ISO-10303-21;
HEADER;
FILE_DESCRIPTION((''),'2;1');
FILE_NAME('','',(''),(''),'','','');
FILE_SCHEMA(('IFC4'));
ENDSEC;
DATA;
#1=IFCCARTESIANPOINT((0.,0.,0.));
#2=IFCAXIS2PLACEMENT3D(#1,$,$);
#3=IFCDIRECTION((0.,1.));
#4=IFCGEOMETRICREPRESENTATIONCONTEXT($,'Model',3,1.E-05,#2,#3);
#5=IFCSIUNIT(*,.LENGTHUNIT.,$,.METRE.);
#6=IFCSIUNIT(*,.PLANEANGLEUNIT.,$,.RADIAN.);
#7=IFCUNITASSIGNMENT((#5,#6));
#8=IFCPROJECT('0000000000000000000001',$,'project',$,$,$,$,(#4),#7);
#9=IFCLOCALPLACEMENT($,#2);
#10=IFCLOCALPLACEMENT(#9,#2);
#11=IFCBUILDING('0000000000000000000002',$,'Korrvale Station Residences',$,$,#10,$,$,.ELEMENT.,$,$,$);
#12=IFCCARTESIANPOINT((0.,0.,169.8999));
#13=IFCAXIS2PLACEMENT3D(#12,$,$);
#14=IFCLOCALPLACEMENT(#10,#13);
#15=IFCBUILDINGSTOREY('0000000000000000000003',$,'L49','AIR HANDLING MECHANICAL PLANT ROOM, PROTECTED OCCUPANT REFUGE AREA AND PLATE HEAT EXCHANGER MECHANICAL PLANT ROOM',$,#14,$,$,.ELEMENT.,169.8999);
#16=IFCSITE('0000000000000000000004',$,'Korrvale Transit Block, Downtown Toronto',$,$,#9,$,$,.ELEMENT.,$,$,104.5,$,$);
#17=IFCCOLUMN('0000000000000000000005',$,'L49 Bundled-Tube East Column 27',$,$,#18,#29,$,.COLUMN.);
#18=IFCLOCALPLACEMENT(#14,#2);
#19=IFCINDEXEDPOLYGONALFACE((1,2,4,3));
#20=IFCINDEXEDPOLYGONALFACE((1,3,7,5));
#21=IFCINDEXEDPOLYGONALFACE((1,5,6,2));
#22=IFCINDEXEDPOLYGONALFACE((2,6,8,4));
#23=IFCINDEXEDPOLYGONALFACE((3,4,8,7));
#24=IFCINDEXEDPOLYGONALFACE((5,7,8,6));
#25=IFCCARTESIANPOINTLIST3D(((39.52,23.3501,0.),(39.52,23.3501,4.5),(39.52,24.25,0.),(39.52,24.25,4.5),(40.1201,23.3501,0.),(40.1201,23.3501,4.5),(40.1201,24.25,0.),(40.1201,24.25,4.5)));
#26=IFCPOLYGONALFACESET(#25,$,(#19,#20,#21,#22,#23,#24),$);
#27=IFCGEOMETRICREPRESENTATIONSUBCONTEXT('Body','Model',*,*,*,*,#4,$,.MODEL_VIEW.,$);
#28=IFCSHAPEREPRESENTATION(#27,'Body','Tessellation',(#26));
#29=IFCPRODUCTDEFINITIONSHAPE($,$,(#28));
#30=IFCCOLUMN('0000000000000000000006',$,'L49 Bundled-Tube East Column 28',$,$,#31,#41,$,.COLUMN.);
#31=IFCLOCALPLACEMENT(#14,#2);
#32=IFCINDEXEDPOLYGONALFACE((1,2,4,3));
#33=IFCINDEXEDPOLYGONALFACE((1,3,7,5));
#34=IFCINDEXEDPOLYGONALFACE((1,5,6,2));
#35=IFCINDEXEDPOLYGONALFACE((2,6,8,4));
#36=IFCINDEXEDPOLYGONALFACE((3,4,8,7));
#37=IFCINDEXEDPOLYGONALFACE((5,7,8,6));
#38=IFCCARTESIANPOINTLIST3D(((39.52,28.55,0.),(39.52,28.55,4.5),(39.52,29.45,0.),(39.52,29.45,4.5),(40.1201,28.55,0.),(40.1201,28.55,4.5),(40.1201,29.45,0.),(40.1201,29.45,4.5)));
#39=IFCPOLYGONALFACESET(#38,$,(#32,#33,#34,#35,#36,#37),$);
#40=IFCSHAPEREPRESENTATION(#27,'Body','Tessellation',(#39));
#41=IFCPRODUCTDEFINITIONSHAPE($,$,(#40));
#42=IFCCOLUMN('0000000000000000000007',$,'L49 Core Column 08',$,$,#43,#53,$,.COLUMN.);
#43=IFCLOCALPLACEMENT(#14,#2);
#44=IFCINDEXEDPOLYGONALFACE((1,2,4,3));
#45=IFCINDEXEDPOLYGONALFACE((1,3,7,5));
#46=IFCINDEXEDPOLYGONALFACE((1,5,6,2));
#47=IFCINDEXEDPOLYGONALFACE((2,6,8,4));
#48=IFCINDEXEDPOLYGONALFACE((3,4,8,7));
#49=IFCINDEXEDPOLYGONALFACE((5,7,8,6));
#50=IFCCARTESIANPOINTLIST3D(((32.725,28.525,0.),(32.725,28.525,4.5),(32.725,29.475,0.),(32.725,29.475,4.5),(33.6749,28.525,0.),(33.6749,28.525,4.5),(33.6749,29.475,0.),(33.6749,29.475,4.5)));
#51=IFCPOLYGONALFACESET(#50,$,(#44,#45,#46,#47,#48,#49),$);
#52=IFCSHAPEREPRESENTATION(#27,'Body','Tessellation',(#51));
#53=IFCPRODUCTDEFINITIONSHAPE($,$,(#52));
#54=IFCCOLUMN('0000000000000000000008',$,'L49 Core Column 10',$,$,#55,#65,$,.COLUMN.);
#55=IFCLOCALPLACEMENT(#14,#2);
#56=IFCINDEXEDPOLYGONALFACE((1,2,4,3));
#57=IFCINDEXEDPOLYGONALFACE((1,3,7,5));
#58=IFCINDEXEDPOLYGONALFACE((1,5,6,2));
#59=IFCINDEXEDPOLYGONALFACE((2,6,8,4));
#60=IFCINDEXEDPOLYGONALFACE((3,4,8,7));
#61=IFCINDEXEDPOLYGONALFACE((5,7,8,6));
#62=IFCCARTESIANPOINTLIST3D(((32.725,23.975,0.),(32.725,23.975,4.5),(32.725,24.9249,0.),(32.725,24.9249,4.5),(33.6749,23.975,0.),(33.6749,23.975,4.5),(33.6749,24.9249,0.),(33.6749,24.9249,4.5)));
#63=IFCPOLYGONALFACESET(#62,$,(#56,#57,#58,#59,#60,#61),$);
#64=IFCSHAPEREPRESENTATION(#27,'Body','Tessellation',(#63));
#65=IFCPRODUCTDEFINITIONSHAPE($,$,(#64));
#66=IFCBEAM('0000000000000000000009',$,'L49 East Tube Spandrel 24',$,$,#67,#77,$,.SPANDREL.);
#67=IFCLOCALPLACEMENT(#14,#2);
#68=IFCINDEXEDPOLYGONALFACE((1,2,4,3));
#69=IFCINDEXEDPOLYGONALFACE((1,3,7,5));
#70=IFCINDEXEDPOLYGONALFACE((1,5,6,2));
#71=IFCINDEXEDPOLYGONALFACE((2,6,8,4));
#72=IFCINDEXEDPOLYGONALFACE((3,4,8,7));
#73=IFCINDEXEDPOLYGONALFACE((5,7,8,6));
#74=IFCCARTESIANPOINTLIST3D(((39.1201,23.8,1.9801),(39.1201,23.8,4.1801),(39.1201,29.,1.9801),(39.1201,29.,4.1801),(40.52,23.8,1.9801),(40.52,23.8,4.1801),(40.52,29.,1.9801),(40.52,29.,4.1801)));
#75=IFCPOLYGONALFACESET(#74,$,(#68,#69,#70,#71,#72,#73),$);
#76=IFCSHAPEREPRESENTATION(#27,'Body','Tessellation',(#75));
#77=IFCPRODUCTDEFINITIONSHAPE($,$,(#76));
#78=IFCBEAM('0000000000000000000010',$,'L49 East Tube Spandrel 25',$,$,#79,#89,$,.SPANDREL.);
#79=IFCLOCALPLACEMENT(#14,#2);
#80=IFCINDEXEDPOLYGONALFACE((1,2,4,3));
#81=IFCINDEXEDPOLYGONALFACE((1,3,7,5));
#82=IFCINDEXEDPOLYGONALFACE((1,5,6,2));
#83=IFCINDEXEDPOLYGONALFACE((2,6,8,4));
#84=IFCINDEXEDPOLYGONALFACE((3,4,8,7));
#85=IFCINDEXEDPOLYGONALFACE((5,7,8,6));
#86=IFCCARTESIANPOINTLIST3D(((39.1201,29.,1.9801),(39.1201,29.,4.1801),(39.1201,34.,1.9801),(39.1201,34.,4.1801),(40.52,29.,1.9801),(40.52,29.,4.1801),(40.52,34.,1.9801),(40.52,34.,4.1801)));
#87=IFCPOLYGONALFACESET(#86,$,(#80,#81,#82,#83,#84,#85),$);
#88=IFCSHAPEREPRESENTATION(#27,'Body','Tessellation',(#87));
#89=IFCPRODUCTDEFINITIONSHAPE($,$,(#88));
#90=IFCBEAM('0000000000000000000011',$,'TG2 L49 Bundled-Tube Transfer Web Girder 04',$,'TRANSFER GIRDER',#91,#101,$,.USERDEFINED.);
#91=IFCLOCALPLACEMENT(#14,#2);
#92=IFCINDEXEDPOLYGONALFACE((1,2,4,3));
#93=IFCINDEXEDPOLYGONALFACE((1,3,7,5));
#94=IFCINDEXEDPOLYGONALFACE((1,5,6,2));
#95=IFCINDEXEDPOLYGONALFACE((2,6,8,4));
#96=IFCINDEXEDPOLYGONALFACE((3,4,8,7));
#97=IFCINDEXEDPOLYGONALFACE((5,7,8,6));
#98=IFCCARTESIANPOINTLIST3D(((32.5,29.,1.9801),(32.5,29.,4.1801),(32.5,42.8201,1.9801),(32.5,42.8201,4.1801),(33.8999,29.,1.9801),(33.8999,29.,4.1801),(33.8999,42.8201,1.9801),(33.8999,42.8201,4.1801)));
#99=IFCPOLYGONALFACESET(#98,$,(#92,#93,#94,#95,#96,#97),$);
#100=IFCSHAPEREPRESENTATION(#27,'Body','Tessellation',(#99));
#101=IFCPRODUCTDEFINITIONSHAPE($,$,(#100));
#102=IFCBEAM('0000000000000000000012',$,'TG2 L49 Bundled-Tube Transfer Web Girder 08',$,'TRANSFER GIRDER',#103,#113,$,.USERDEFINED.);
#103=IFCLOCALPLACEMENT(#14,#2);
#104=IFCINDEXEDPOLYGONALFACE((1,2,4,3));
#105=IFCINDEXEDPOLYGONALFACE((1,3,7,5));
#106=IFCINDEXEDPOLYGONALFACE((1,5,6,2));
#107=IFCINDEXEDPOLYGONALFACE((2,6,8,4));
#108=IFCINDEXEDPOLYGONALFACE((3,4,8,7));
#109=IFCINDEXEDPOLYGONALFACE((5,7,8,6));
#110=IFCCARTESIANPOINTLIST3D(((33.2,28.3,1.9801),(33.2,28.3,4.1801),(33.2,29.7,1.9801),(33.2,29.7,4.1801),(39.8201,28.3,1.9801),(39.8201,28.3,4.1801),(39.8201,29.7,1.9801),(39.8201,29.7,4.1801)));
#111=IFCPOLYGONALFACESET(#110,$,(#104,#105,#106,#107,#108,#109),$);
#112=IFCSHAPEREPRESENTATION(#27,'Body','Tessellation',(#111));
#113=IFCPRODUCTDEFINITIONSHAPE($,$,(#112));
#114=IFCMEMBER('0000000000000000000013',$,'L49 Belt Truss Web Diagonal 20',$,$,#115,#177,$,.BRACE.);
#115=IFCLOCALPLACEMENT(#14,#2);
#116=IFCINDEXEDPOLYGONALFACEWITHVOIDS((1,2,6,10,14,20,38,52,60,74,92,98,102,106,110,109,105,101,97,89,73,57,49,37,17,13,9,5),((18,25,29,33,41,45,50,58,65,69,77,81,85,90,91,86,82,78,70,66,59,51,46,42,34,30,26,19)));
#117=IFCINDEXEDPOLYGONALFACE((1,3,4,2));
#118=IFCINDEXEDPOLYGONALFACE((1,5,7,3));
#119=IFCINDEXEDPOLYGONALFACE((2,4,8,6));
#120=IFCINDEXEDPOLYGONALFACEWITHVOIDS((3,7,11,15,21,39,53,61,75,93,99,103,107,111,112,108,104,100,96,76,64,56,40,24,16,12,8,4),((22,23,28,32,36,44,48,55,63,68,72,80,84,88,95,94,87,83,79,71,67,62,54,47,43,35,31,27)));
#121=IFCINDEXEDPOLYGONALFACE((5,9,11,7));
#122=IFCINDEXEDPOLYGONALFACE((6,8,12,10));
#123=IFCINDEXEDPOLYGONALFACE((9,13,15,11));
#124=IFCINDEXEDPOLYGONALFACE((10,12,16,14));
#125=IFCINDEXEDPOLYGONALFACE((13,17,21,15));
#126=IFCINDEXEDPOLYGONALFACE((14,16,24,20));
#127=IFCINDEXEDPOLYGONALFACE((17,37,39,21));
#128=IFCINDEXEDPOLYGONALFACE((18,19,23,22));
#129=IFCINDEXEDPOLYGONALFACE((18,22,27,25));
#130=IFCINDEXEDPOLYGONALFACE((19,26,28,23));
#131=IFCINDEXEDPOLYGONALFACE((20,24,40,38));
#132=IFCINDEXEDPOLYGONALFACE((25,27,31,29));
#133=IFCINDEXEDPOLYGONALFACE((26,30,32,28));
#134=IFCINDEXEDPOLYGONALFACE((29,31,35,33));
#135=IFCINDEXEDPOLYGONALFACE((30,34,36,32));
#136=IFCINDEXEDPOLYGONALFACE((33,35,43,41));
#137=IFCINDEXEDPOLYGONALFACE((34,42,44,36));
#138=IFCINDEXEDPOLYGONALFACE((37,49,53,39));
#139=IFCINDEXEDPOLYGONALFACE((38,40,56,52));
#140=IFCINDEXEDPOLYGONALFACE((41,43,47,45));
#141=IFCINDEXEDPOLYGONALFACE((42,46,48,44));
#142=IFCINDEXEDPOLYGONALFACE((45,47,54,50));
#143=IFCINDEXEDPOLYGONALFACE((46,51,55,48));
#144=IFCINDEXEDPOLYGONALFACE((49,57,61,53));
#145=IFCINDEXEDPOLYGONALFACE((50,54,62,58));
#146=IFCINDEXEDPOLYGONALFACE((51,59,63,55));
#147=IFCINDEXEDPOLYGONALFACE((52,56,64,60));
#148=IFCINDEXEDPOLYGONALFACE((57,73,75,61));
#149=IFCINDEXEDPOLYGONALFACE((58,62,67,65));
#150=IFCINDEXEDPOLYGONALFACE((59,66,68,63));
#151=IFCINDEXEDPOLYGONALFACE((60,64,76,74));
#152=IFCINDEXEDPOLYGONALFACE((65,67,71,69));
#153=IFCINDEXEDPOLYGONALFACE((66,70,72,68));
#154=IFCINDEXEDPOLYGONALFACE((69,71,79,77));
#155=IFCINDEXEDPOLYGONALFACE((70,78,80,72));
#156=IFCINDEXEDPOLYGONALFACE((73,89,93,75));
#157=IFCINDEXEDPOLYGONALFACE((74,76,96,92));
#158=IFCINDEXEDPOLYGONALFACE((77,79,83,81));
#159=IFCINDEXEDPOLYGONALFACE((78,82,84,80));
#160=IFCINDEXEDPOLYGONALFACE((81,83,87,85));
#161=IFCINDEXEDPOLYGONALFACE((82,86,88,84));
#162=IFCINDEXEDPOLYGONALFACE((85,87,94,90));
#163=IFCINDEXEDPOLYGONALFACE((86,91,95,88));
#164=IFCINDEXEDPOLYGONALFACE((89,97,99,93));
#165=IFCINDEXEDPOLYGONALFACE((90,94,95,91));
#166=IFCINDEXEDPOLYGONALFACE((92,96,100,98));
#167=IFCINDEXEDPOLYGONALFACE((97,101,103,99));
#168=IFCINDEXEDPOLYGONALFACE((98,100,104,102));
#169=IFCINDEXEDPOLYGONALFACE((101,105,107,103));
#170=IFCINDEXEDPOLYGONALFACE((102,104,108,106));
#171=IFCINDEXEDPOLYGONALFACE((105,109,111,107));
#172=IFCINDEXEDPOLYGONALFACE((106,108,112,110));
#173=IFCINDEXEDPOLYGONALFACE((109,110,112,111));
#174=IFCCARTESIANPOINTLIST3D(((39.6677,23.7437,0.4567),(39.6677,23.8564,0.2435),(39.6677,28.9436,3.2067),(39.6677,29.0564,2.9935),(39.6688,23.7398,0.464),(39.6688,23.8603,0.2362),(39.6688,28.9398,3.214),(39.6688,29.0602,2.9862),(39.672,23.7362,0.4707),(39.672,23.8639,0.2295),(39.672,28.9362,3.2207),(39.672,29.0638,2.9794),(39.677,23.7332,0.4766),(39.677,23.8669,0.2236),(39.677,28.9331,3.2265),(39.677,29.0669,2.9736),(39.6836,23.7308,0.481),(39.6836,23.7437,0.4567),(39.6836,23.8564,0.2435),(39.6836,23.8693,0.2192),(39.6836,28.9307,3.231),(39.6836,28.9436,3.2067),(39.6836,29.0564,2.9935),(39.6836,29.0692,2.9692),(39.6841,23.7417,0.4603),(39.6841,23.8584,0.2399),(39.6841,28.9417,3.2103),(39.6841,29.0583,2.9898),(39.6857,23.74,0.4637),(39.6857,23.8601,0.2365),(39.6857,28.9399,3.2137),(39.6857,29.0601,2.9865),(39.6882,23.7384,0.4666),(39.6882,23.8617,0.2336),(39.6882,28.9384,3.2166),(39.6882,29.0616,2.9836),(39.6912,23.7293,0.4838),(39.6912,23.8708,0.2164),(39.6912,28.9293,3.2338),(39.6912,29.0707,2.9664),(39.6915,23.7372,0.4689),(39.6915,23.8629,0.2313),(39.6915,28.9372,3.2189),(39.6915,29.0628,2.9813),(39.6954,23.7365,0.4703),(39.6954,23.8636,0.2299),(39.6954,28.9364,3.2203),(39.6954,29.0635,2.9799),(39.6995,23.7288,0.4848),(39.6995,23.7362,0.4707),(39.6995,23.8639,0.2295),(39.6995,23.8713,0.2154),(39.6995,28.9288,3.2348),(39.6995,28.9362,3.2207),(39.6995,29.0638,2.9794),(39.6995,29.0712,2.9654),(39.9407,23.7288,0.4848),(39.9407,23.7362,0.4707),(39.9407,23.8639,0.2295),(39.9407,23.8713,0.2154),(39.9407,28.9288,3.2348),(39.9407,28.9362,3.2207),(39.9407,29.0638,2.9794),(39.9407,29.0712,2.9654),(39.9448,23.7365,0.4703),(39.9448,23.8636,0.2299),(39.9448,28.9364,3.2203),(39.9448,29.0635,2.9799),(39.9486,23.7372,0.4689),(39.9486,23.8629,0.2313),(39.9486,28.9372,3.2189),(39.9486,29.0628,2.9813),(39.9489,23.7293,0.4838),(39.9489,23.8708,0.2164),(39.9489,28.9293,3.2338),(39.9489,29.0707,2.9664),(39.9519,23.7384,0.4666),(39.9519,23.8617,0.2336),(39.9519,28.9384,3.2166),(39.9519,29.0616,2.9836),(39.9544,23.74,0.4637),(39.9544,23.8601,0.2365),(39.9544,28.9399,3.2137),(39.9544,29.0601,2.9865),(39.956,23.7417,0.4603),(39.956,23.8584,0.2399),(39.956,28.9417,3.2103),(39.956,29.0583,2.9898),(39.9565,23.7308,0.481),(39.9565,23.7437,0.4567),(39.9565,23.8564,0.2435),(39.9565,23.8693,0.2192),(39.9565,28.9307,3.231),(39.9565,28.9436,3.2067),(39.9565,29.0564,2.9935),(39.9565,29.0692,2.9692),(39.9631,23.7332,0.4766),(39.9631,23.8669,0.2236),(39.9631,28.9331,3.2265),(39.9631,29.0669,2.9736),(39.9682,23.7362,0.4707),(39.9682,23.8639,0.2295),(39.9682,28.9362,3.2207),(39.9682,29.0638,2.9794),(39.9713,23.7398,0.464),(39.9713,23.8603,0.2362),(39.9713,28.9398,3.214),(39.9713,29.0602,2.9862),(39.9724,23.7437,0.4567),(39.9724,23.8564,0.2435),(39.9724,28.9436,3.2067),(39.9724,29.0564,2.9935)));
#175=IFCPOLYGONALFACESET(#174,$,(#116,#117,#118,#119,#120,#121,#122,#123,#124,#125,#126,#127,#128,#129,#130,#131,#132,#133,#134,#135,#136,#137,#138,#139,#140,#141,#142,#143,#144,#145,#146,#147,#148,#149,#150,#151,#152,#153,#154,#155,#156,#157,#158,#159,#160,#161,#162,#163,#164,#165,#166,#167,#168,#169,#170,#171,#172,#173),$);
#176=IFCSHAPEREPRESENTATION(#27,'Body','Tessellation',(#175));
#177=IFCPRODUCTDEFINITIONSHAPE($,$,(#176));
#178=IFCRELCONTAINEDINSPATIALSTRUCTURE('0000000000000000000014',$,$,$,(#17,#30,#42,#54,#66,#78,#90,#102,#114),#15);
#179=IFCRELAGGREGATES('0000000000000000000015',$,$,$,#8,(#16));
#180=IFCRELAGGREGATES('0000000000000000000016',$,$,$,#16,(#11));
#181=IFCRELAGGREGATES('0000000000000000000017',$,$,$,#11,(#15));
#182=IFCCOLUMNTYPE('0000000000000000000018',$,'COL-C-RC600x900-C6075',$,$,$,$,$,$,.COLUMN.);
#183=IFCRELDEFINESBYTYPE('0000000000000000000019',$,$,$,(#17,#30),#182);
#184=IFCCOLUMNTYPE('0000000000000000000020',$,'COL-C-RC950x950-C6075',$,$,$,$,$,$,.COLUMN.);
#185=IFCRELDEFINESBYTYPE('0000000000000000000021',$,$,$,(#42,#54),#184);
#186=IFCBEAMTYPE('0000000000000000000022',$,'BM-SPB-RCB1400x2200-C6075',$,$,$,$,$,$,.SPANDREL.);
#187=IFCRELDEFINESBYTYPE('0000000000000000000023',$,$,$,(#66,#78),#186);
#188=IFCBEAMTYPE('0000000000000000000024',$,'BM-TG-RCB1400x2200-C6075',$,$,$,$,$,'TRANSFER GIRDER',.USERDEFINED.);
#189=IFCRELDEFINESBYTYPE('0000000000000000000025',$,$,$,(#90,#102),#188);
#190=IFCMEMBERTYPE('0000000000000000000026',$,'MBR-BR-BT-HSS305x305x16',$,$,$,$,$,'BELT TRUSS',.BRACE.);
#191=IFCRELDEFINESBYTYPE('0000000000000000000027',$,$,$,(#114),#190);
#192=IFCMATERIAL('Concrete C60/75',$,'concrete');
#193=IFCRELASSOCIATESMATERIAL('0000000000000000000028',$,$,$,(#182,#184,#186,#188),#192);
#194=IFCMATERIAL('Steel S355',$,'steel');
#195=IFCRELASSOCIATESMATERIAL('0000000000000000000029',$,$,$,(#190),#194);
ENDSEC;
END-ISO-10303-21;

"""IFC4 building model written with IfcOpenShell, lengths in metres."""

from ifc_helpers import new_model, si_unit, direction, frame, origin, origin_2d, place, context, subcontext, project, spatial, rectangle, hollow_rectangle, extrude, material, material_profile, profile_set, type_object, element, save


model = new_model("IFC4")

# Units and contexts
model_context = context("Model", 3, precision=1e-05, world=origin(), true_north=direction((0.0, 1.0)))
body_context = subcontext(model_context, "Body", "Model", "MODEL_VIEW")
ifc_project = project(units=[si_unit("LENGTHUNIT", "METRE"), si_unit("PLANEANGLEUNIT", "RADIAN")], contexts=[model_context])

# Site, building, storey
site_placement = place(None, origin())
site = spatial("IfcSite", under=ifc_project, at=site_placement, Name="Korrvale Transit Block, Downtown Toronto", CompositionType="ELEMENT", RefElevation=104.5)
building_placement = place(site_placement, origin())
building = spatial("IfcBuilding", under=site, at=building_placement, Name="Korrvale Station Residences", CompositionType="ELEMENT")
storey_placement = place(building_placement, frame((0.0, 0.0, 169.8999)))
storey = spatial("IfcBuildingStorey", under=building, at=storey_placement, Name="L49", Description="AIR HANDLING MECHANICAL PLANT ROOM, PROTECTED OCCUPANT REFUGE AREA AND PLATE HEAT EXCHANGER MECHANICAL PLANT ROOM", CompositionType="ELEMENT", Elevation=169.8999)

# Columns
ifc_material_1 = material(Name="Concrete C60/75", Category="concrete")
ifc_material_profile_1 = material_profile(ifc_material_1, rectangle(XDim=0.6001, YDim=0.8999, at=origin_2d()), Name="RC600x900")
ifc_profile_set_1 = profile_set([ifc_material_profile_1], Name="Concrete C60/75")
column_type_1 = type_object("IfcColumnType", Name="COL-C-RC600x900-C6075", PredefinedType="COLUMN", material=ifc_profile_set_1)
for number, where, z_axis, x_axis, name in (
    (1, (39.8201, 23.8, 0.0), (0.0, 0.0, 1.0), (1.0, 0.0, 0.0), "L49 Bundled-Tube East Column 27"),
    (2, (39.8201, 29.0, 0.0), (0.0, 0.0, 1.0), (1.0, 0.0, 0.0), "L49 Bundled-Tube East Column 28"),
):
    element("IfcColumn", number, at=place(storey_placement, frame(where, z_axis=z_axis, x_axis=x_axis)), inside=storey, type_object=column_type_1, Name=name, PredefinedType="COLUMN", context=body_context, shape_type="SweptSolid", body=[
        extrude(rectangle(XDim=0.6001, YDim=0.8999, at=origin_2d()), origin(), (0.0, 0.0, 1.0), 4.5),
    ])
ifc_material_profile_2 = material_profile(ifc_material_1, rectangle(XDim=0.95, YDim=0.95, at=origin_2d()), Name="RC950x950")
ifc_profile_set_2 = profile_set([ifc_material_profile_2], Name="Concrete C60/75")
column_type_2 = type_object("IfcColumnType", Name="COL-C-RC950x950-C6075", PredefinedType="COLUMN", material=ifc_profile_set_2)
for number, where, z_axis, x_axis, name in (
    (3, (33.2, 29.0, 0.0), (0.0, 0.0, 1.0), (1.0, 0.0, 0.0), "L49 Core Column 08"),
    (4, (33.2, 24.45, 0.0), (0.0, 0.0, 1.0), (1.0, 0.0, 0.0), "L49 Core Column 10"),
):
    element("IfcColumn", number, at=place(storey_placement, frame(where, z_axis=z_axis, x_axis=x_axis)), inside=storey, type_object=column_type_2, Name=name, PredefinedType="COLUMN", context=body_context, shape_type="SweptSolid", body=[
        extrude(rectangle(XDim=0.95, YDim=0.95, at=origin_2d()), origin(), (0.0, 0.0, 1.0), 4.5),
    ])

# Beams
ifc_material_profile_3 = material_profile(ifc_material_1, rectangle(XDim=1.3999, YDim=2.2, at=origin_2d()), Name="RCB1400x2200")
ifc_profile_set_3 = profile_set([ifc_material_profile_3], Name="Concrete C60/75")
beam_type_1 = type_object("IfcBeamType", Name="BM-SPB-RCB1400x2200-C6075", PredefinedType="SPANDREL", material=ifc_profile_set_3)
beam_1_placement = place(storey_placement, frame((39.8201, 23.8, 3.0801), z_axis=(0.0, 1.0, 0.0), x_axis=(-1.0, 0.0, 0.0)))
element("IfcBeam", 5, at=beam_1_placement, inside=storey, type_object=beam_type_1, Name="L49 East Tube Spandrel 24", PredefinedType="SPANDREL", context=body_context, shape_type="SweptSolid", body=[
    extrude(rectangle(XDim=1.3999, YDim=2.2, at=origin_2d()), origin(), (0.0, 0.0, 1.0), 5.2),
])
beam_2_placement = place(storey_placement, frame((39.8201, 29.0, 3.0801), z_axis=(0.0, 1.0, 0.0), x_axis=(-1.0, 0.0, 0.0)))
element("IfcBeam", 6, at=beam_2_placement, inside=storey, type_object=beam_type_1, Name="L49 East Tube Spandrel 25", PredefinedType="SPANDREL", context=body_context, shape_type="SweptSolid", body=[
    extrude(rectangle(XDim=1.3999, YDim=2.2, at=origin_2d()), origin(), (0.0, 0.0, 1.0), 5.0),
])
ifc_material_profile_4 = material_profile(ifc_material_1, rectangle(XDim=1.3999, YDim=2.2, at=origin_2d()), Name="RCB1400x2200")
ifc_profile_set_4 = profile_set([ifc_material_profile_4], Name="Concrete C60/75")
beam_type_2 = type_object("IfcBeamType", Name="BM-TG-RCB1400x2200-C6075", ElementType="TRANSFER GIRDER", PredefinedType="USERDEFINED", material=ifc_profile_set_4)
beam_3_placement = place(storey_placement, frame((33.2, 29.0, 3.0801), z_axis=(0.0, 1.0, 0.0), x_axis=(-1.0, 0.0, 0.0)))
element("IfcBeam", 7, at=beam_3_placement, inside=storey, type_object=beam_type_2, Name="TG2 L49 Bundled-Tube Transfer Web Girder 04", ObjectType="TRANSFER GIRDER", PredefinedType="USERDEFINED", context=body_context, shape_type="SweptSolid", body=[
    extrude(rectangle(XDim=1.3999, YDim=2.2, at=origin_2d()), origin(), (0.0, 0.0, 1.0), 13.8201),
])
beam_4_placement = place(storey_placement, frame((33.2, 29.0, 3.0801), z_axis=(1.0, 0.0, 0.0), x_axis=(0.0, 1.0, 0.0)))
element("IfcBeam", 8, at=beam_4_placement, inside=storey, type_object=beam_type_2, Name="TG2 L49 Bundled-Tube Transfer Web Girder 08", ObjectType="TRANSFER GIRDER", PredefinedType="USERDEFINED", context=body_context, shape_type="SweptSolid", body=[
    extrude(rectangle(XDim=1.3999, YDim=2.2, at=origin_2d()), origin(), (0.0, 0.0, 1.0), 6.6201),
])

# Member
ifc_material_2 = material(Name="Steel S355", Category="steel")
ifc_material_profile_5 = material_profile(ifc_material_2, hollow_rectangle(XDim=0.3047, YDim=0.3047, WallThickness=0.0159, InnerFilletRadius=0.0159, OuterFilletRadius=0.0317, at=origin_2d()), Name="HSS305x305x16")
ifc_profile_set_5 = profile_set([ifc_material_profile_5], Name="Steel S355")
member_type_1 = type_object("IfcMemberType", Name="MBR-BR-BT-HSS305x305x16", ElementType="BELT TRUSS", PredefinedType="BRACE", material=ifc_profile_set_5)
member_1_placement = place(storey_placement, frame((39.8201, 23.8, 0.3501), z_axis=(0.0, 0.883993, 0.467501), x_axis=(-1.0, 0.0, 0.0)))
element("IfcMember", 9, at=member_1_placement, inside=storey, type_object=member_type_1, Name="L49 Belt Truss Web Diagonal 20", PredefinedType="BRACE", context=body_context, shape_type="SweptSolid", body=[
    extrude(hollow_rectangle(XDim=0.3047, YDim=0.3047, WallThickness=0.0159, InnerFilletRadius=0.0159, OuterFilletRadius=0.0317, at=origin_2d()), origin(), (0.0, 0.0, 1.0), 5.8823),
])

save(model, "model.ifc")
